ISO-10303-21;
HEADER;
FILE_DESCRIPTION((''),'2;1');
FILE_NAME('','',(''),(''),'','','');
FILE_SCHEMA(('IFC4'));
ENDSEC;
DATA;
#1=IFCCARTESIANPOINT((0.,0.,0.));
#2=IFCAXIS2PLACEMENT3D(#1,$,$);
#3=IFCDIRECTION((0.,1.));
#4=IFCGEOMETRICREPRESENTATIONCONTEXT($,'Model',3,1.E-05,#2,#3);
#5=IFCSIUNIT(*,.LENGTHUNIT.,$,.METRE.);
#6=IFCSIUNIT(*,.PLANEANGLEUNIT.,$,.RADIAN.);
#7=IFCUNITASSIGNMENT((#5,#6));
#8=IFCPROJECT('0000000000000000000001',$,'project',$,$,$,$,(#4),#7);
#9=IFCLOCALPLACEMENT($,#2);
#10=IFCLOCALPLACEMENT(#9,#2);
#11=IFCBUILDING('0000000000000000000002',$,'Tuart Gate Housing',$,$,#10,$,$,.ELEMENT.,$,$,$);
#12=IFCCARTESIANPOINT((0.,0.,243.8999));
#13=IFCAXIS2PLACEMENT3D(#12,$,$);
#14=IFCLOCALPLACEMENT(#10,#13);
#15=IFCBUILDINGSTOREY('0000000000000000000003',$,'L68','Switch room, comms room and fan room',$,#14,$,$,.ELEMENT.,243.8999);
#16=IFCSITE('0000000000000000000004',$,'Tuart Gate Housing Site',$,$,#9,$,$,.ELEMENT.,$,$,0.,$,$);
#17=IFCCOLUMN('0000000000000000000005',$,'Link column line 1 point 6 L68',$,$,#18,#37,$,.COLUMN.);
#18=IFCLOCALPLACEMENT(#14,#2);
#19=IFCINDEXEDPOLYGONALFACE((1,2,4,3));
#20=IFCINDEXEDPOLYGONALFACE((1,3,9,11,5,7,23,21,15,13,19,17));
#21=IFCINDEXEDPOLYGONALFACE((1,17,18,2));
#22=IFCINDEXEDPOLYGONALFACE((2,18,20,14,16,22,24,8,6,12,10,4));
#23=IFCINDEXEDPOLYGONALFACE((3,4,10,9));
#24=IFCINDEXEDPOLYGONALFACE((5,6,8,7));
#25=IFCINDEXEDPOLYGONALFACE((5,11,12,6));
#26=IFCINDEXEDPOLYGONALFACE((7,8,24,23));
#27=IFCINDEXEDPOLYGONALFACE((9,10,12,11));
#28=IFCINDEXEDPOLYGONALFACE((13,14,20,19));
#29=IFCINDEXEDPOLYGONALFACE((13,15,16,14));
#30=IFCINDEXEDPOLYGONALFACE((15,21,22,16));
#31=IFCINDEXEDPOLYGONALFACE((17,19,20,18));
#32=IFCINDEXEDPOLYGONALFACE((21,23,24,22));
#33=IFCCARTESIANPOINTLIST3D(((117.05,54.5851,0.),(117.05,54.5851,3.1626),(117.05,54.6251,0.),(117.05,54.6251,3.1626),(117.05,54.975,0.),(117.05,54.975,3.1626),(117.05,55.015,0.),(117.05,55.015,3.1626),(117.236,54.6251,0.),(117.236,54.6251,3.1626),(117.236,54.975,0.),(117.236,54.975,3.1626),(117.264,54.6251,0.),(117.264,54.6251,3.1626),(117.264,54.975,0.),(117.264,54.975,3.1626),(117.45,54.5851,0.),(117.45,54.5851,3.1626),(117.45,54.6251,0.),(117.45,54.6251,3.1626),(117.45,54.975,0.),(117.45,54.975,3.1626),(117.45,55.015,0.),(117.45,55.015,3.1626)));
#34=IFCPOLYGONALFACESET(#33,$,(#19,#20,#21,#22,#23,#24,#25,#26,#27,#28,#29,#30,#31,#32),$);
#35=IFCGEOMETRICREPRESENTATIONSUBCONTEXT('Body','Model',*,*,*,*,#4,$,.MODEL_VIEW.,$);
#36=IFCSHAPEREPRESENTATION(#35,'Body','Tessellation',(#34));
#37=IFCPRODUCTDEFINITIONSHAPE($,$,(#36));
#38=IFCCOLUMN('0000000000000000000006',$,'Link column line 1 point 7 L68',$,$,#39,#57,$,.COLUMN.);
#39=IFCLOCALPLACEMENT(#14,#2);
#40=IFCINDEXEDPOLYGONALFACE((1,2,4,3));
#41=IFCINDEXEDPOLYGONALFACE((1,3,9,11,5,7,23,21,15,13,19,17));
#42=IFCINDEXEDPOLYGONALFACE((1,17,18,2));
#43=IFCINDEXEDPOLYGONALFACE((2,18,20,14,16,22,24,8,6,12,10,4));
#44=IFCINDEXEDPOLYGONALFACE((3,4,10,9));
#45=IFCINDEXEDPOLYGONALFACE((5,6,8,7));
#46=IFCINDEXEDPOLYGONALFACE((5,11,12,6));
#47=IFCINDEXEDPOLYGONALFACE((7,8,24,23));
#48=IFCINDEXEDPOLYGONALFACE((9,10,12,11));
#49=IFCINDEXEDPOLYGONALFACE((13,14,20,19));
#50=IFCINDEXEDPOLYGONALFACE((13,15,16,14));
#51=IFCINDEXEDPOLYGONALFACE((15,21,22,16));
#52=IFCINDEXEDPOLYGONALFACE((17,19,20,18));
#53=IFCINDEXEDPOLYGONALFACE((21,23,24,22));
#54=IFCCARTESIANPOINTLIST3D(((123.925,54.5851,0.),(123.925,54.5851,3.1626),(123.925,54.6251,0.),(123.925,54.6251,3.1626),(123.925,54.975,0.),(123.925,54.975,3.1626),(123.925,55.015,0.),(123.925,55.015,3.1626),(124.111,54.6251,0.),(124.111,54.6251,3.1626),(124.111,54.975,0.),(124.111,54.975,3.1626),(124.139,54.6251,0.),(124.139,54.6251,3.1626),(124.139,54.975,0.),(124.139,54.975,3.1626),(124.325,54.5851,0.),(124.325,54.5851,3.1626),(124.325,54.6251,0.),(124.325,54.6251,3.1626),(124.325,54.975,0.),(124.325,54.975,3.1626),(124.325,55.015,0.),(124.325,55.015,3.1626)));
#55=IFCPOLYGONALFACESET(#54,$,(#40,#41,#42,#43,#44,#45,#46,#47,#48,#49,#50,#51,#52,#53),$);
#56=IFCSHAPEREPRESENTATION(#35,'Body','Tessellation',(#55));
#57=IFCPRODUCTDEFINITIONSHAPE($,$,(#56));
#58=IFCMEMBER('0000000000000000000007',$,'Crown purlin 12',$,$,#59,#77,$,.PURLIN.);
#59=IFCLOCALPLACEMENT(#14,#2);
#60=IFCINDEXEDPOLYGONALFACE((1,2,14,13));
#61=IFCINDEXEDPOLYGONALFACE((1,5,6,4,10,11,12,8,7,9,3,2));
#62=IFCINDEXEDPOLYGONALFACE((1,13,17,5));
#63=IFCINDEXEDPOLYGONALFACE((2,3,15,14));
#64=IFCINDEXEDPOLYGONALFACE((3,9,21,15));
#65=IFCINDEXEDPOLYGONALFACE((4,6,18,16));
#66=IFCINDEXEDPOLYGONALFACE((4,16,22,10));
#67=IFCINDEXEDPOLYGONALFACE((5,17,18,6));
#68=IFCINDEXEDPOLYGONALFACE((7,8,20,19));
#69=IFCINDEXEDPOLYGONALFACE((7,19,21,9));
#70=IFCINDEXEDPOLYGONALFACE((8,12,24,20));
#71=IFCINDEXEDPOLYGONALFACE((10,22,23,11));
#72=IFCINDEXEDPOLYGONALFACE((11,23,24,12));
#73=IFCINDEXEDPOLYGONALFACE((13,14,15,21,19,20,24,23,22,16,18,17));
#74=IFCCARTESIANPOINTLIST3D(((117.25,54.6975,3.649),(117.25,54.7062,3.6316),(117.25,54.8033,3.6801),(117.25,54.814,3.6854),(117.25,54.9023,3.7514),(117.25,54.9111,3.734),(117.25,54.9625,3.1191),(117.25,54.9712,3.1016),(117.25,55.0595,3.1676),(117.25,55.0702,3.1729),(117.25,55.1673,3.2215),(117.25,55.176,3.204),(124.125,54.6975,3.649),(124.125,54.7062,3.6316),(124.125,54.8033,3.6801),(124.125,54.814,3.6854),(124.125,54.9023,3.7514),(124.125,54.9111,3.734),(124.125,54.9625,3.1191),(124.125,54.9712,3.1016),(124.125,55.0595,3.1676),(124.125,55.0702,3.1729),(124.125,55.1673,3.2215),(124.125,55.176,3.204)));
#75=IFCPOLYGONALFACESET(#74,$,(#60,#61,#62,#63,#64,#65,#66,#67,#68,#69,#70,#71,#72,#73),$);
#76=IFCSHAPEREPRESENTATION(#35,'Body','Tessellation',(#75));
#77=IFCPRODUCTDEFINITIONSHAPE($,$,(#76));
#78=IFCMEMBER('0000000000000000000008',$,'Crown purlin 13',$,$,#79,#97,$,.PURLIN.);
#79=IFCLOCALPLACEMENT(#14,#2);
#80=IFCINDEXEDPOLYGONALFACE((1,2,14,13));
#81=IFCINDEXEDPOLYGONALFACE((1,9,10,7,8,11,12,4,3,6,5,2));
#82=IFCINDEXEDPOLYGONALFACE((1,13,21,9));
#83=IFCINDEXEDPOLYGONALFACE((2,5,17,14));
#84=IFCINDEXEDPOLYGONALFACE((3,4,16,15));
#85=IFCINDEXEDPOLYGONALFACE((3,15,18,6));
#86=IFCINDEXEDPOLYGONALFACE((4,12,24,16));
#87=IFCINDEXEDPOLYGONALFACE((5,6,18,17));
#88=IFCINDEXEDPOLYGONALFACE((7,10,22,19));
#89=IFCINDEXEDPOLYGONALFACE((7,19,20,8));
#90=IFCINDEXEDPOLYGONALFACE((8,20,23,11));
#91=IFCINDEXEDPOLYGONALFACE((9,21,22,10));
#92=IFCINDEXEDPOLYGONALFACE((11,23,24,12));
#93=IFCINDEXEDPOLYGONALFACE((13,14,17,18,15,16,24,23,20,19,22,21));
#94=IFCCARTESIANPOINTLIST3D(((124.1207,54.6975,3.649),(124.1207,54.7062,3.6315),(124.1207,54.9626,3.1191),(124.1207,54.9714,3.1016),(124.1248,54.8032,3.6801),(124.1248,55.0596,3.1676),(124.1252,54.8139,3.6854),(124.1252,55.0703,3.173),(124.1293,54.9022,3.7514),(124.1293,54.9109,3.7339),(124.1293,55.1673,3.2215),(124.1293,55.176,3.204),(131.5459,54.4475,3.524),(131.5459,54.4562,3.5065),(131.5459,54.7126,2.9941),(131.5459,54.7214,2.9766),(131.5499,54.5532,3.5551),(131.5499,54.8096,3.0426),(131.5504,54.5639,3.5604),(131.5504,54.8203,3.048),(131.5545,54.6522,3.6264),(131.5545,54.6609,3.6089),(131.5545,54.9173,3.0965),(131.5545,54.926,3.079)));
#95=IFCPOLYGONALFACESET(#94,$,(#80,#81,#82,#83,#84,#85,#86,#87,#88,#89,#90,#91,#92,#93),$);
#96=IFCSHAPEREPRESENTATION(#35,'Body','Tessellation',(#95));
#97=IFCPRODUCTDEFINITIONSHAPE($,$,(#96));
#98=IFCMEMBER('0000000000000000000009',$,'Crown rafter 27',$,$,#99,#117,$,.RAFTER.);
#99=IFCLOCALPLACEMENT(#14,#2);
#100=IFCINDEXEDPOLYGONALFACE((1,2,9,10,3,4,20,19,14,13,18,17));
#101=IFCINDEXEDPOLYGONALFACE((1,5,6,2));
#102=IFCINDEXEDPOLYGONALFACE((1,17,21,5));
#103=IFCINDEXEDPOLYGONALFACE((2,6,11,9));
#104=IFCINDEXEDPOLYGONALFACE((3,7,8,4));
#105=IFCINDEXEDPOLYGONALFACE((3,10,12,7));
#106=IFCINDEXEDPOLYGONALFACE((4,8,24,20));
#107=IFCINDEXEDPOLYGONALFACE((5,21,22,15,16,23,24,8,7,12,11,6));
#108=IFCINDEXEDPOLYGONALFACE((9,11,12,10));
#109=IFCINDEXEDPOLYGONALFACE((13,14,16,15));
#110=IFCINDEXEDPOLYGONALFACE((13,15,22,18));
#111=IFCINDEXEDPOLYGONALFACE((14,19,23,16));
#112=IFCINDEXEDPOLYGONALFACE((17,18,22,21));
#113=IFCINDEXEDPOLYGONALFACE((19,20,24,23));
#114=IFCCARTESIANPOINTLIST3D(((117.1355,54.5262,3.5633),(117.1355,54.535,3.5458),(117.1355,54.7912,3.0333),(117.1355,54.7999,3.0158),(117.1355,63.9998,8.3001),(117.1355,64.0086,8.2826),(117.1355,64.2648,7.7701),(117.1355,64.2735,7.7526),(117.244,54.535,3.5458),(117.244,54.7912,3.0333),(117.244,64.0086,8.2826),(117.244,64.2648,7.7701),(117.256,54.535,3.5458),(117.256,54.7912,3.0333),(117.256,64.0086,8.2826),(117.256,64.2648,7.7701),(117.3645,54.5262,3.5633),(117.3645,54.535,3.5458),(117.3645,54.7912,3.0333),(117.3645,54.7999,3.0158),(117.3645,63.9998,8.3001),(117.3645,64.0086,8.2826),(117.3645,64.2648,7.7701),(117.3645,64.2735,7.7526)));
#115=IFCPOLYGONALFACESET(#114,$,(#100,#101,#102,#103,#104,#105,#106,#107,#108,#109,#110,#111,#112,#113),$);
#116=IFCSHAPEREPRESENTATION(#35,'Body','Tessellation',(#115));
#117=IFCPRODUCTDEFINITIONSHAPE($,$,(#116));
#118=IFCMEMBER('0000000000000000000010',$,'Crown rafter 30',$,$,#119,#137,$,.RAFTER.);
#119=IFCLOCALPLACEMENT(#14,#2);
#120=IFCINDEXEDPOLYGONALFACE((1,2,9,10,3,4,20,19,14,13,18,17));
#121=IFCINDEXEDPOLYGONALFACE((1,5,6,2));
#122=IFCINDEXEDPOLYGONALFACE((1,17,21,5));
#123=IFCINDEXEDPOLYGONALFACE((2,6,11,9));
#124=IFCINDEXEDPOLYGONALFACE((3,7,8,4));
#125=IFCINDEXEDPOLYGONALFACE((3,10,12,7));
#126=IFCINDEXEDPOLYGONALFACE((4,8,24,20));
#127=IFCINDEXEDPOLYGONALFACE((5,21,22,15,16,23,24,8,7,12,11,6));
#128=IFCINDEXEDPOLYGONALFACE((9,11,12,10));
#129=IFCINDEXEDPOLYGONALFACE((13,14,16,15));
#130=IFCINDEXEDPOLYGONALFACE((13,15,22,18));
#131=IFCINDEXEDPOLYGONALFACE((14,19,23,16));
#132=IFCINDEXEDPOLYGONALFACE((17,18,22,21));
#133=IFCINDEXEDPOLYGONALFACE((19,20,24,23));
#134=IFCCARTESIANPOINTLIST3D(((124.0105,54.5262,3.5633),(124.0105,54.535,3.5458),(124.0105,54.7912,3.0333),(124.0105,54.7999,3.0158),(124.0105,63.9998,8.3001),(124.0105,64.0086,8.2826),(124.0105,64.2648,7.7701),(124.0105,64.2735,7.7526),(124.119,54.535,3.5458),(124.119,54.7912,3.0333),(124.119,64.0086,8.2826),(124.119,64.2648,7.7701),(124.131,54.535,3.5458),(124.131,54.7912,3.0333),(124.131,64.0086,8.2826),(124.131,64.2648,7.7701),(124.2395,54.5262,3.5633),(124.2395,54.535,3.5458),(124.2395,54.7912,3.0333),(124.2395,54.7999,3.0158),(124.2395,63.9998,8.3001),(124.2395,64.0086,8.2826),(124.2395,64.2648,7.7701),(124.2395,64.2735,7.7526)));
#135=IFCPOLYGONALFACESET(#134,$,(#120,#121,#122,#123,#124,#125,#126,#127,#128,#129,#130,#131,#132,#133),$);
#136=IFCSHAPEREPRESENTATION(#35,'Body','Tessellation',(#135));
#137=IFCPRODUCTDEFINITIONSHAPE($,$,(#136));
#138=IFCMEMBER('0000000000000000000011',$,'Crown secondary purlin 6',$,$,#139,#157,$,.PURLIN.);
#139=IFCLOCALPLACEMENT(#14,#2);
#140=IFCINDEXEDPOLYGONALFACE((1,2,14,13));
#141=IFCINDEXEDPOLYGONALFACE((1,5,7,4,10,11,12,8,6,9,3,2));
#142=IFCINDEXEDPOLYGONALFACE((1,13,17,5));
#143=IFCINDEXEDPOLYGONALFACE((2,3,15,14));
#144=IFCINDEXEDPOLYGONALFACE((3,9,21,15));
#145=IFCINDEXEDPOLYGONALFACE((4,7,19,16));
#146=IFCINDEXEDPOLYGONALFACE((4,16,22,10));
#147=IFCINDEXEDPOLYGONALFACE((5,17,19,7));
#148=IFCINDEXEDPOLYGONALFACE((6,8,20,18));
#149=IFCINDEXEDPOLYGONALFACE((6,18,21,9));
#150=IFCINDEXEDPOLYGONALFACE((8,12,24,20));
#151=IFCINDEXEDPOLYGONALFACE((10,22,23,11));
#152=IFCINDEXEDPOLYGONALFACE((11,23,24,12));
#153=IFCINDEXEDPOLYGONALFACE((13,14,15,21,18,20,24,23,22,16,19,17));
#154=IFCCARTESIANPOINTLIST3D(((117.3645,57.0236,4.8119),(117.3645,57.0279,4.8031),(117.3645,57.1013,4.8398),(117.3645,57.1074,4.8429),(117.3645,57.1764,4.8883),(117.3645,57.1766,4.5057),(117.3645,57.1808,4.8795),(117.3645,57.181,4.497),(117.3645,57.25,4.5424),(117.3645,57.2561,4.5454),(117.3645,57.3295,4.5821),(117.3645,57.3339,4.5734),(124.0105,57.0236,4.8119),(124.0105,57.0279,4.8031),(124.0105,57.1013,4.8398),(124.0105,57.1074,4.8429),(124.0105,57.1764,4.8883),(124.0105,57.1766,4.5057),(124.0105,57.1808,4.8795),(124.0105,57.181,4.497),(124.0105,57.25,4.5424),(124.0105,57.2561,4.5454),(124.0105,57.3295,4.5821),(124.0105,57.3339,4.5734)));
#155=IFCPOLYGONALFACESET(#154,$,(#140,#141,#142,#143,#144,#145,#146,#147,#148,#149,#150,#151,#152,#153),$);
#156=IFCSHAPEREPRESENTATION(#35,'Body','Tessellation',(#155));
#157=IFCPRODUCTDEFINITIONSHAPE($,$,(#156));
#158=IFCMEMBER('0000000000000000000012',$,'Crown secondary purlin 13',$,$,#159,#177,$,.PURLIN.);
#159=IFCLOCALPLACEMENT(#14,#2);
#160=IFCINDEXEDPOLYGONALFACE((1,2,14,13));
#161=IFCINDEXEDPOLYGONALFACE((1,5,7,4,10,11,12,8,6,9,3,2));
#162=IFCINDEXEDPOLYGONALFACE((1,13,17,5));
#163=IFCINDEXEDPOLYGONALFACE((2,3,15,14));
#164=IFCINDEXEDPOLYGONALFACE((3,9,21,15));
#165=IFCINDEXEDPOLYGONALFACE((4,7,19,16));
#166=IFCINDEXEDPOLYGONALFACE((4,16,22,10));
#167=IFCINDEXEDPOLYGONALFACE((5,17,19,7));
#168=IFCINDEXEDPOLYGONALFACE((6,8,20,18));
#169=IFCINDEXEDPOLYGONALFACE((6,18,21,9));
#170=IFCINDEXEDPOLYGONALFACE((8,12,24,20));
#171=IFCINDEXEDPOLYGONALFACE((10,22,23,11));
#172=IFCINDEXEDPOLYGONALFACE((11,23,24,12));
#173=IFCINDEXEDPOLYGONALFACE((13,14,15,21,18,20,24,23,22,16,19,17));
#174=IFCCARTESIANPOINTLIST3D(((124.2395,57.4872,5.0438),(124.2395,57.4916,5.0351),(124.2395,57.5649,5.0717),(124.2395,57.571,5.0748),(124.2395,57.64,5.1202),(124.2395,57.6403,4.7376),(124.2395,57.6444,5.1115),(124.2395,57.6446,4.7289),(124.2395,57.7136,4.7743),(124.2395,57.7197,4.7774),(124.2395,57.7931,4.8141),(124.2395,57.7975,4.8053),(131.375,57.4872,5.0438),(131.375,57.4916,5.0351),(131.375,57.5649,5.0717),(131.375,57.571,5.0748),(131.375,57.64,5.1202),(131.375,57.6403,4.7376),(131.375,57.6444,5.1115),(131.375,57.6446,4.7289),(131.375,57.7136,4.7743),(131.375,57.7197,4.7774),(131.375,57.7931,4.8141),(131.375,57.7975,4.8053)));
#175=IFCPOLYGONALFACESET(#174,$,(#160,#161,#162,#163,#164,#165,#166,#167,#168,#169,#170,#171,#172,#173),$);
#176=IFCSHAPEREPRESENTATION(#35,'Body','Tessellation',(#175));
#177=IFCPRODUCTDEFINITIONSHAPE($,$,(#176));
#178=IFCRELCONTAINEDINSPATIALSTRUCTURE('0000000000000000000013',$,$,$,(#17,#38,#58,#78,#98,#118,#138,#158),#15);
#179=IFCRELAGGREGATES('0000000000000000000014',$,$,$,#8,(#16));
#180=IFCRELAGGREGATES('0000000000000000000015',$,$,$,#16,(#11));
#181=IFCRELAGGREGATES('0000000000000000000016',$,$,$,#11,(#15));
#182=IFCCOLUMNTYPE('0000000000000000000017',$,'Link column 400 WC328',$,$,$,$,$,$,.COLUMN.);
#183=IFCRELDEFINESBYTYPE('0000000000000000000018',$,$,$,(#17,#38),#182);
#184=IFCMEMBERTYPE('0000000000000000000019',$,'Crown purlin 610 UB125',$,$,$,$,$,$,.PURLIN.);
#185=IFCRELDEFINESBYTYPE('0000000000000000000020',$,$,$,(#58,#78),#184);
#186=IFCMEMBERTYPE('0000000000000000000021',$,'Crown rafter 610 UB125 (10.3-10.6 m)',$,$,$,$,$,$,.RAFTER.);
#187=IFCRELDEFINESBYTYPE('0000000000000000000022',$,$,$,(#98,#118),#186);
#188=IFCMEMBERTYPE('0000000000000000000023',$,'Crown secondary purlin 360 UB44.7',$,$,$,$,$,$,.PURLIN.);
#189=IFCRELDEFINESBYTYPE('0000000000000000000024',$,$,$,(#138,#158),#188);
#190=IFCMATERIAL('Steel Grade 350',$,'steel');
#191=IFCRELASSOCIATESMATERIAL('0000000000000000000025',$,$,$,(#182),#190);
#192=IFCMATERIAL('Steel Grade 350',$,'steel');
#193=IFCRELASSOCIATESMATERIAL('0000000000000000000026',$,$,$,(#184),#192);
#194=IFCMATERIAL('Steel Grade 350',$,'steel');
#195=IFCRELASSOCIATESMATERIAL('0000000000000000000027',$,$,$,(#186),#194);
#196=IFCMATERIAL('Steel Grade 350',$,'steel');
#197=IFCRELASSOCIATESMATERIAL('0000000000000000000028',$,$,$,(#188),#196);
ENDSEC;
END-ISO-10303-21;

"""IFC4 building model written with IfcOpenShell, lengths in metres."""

from ifc_helpers import new_model, si_unit, direction, frame, origin, origin_2d, place, context, subcontext, project, spatial, i_section, extrude, material, material_profile, profile_set, type_object, element, save


model = new_model("IFC4")

# Units and contexts
model_context = context("Model", 3, precision=1e-05, world=origin(), true_north=direction((0.0, 1.0)))
body_context = subcontext(model_context, "Body", "Model", "MODEL_VIEW")
ifc_project = project(units=[si_unit("LENGTHUNIT", "METRE"), si_unit("PLANEANGLEUNIT", "RADIAN")], contexts=[model_context])

# Site, building, storey
site_placement = place(None, origin())
site = spatial("IfcSite", under=ifc_project, at=site_placement, Name="Tuart Gate Housing Site", CompositionType="ELEMENT", RefElevation=0.0)
building_placement = place(site_placement, origin())
building = spatial("IfcBuilding", under=site, at=building_placement, Name="Tuart Gate Housing", CompositionType="ELEMENT")
storey_placement = place(building_placement, frame((0.0, 0.0, 243.8999)))
storey = spatial("IfcBuildingStorey", under=building, at=storey_placement, Name="L68", Description="Switch room, comms room and fan room", CompositionType="ELEMENT", Elevation=243.8999)

# Columns
ifc_material_1 = material(Name="Steel Grade 350", Category="steel")
ifc_material_profile_1 = material_profile(ifc_material_1, i_section(OverallWidth=0.3999, OverallDepth=0.4299, WebThickness=0.0281, FlangeThickness=0.04, at=origin_2d()), Name="400WC328")
ifc_profile_set_1 = profile_set([ifc_material_profile_1], Name="Steel Grade 350")
column_type = type_object("IfcColumnType", Name="Link column 400 WC328", PredefinedType="COLUMN", material=ifc_profile_set_1)
for number, where, z_axis, x_axis, name in (
    (1, (117.25, 54.8, 0.0), (0.0, 0.0, 1.0), (1.0, 0.0, 0.0), "Link column line 1 point 6 L68"),
    (2, (124.125, 54.8, 0.0), (0.0, 0.0, 1.0), (1.0, 0.0, 0.0), "Link column line 1 point 7 L68"),
):
    element("IfcColumn", number, at=place(storey_placement, frame(where, z_axis=z_axis, x_axis=x_axis)), inside=storey, type_object=column_type, Name=name, PredefinedType="COLUMN", context=body_context, shape_type="SweptSolid", body=[
        extrude(i_section(OverallWidth=0.3999, OverallDepth=0.4299, WebThickness=0.0281, FlangeThickness=0.04, at=origin_2d()), origin(), (0.0, 0.0, 1.0), 3.1626),
    ])

# Members
ifc_material_2 = material(Name="Steel Grade 350", Category="steel")
ifc_material_profile_2 = material_profile(ifc_material_2, i_section(OverallWidth=0.229, OverallDepth=0.6121, WebThickness=0.012, FlangeThickness=0.0195, at=origin_2d()), Name="610UB125")
ifc_profile_set_2 = profile_set([ifc_material_profile_2], Name="Steel Grade 350")
member_type_1 = type_object("IfcMemberType", Name="Crown purlin 610 UB125", PredefinedType="PURLIN", material=ifc_profile_set_2)
member_1_placement = place(storey_placement, frame((117.25, 54.9368, 3.4265), z_axis=(1.0, 0.0, 0.0), x_axis=(0.0, 0.894427, 0.447214)))
element("IfcMember", 3, at=member_1_placement, inside=storey, type_object=member_type_1, Name="Crown purlin 12", PredefinedType="PURLIN", context=body_context, shape_type="SweptSolid", body=[
    extrude(i_section(OverallWidth=0.229, OverallDepth=0.6121, WebThickness=0.012, FlangeThickness=0.0195, at=origin_2d()), origin(), (0.0, 0.0, 1.0), 6.875),
])
member_2_placement = place(storey_placement, frame((124.125, 54.9368, 3.4265), z_axis=(0.999292, -0.033646, -0.016823), x_axis=(0.037617, 0.893667, 0.447151)))
element("IfcMember", 4, at=member_2_placement, inside=storey, type_object=member_type_1, Name="Crown purlin 13", PredefinedType="PURLIN", context=body_context, shape_type="SweptSolid", body=[
    extrude(i_section(OverallWidth=0.229, OverallDepth=0.6121, WebThickness=0.012, FlangeThickness=0.0195, at=origin_2d()), origin(), (0.0, 0.0, 1.0), 7.4304),
])
ifc_material_3 = material(Name="Steel Grade 350", Category="steel")
ifc_material_profile_3 = material_profile(ifc_material_3, i_section(OverallWidth=0.229, OverallDepth=0.6121, WebThickness=0.012, FlangeThickness=0.0195, at=origin_2d()), Name="610UB125")
ifc_profile_set_3 = profile_set([ifc_material_profile_3], Name="Steel Grade 350")
member_type_2 = type_object("IfcMemberType", Name="Crown rafter 610 UB125 (10.3-10.6 m)", PredefinedType="RAFTER", material=ifc_profile_set_3)
for number, where, z_axis, x_axis, name in (
    (5, (117.25, 54.6631, 3.2896), (0.0, 0.894427, 0.447214), (-1.0, 0.0, 0.0), "Crown rafter 27"),
    (6, (124.125, 54.6631, 3.2896), (0.0, 0.894427, 0.447214), (-1.0, 0.0, 0.0), "Crown rafter 30"),
):
    element("IfcMember", number, at=place(storey_placement, frame(where, z_axis=z_axis, x_axis=x_axis)), inside=storey, type_object=member_type_2, Name=name, PredefinedType="RAFTER", context=body_context, shape_type="SweptSolid", body=[
        extrude(i_section(OverallWidth=0.229, OverallDepth=0.6121, WebThickness=0.012, FlangeThickness=0.0195, at=origin_2d()), origin(), (0.0, 0.0, 1.0), 10.5918),
    ])
ifc_material_4 = material(Name="Steel Grade 350", Category="steel")
ifc_material_profile_4 = material_profile(ifc_material_4, i_section(OverallWidth=0.1709, OverallDepth=0.3521, WebThickness=0.0068, FlangeThickness=0.0098, at=origin_2d()), Name="360UB44.7")
ifc_profile_set_4 = profile_set([ifc_material_profile_4], Name="Steel Grade 350")
member_type_3 = type_object("IfcMemberType", Name="Crown secondary purlin 360 UB44.7", PredefinedType="PURLIN", material=ifc_profile_set_4)
member_3_placement = place(storey_placement, frame((117.3645, 57.1787, 4.6926), z_axis=(1.0, 0.0, 0.0), x_axis=(0.0, 0.894427, 0.447214)))
element("IfcMember", 7, at=member_3_placement, inside=storey, type_object=member_type_3, Name="Crown secondary purlin 6", PredefinedType="PURLIN", context=body_context, shape_type="SweptSolid", body=[
    extrude(i_section(OverallWidth=0.1709, OverallDepth=0.3521, WebThickness=0.0068, FlangeThickness=0.0098, at=origin_2d()), origin(), (0.0, 0.0, 1.0), 6.646),
])
member_4_placement = place(storey_placement, frame((124.2395, 57.6423, 4.9246), z_axis=(1.0, 0.0, 0.0), x_axis=(0.0, 0.894427, 0.447214)))
element("IfcMember", 8, at=member_4_placement, inside=storey, type_object=member_type_3, Name="Crown secondary purlin 13", PredefinedType="PURLIN", context=body_context, shape_type="SweptSolid", body=[
    extrude(i_section(OverallWidth=0.1709, OverallDepth=0.3521, WebThickness=0.0068, FlangeThickness=0.0098, at=origin_2d()), origin(), (0.0, 0.0, 1.0), 7.1355),
])

save(model, "model.ifc")
